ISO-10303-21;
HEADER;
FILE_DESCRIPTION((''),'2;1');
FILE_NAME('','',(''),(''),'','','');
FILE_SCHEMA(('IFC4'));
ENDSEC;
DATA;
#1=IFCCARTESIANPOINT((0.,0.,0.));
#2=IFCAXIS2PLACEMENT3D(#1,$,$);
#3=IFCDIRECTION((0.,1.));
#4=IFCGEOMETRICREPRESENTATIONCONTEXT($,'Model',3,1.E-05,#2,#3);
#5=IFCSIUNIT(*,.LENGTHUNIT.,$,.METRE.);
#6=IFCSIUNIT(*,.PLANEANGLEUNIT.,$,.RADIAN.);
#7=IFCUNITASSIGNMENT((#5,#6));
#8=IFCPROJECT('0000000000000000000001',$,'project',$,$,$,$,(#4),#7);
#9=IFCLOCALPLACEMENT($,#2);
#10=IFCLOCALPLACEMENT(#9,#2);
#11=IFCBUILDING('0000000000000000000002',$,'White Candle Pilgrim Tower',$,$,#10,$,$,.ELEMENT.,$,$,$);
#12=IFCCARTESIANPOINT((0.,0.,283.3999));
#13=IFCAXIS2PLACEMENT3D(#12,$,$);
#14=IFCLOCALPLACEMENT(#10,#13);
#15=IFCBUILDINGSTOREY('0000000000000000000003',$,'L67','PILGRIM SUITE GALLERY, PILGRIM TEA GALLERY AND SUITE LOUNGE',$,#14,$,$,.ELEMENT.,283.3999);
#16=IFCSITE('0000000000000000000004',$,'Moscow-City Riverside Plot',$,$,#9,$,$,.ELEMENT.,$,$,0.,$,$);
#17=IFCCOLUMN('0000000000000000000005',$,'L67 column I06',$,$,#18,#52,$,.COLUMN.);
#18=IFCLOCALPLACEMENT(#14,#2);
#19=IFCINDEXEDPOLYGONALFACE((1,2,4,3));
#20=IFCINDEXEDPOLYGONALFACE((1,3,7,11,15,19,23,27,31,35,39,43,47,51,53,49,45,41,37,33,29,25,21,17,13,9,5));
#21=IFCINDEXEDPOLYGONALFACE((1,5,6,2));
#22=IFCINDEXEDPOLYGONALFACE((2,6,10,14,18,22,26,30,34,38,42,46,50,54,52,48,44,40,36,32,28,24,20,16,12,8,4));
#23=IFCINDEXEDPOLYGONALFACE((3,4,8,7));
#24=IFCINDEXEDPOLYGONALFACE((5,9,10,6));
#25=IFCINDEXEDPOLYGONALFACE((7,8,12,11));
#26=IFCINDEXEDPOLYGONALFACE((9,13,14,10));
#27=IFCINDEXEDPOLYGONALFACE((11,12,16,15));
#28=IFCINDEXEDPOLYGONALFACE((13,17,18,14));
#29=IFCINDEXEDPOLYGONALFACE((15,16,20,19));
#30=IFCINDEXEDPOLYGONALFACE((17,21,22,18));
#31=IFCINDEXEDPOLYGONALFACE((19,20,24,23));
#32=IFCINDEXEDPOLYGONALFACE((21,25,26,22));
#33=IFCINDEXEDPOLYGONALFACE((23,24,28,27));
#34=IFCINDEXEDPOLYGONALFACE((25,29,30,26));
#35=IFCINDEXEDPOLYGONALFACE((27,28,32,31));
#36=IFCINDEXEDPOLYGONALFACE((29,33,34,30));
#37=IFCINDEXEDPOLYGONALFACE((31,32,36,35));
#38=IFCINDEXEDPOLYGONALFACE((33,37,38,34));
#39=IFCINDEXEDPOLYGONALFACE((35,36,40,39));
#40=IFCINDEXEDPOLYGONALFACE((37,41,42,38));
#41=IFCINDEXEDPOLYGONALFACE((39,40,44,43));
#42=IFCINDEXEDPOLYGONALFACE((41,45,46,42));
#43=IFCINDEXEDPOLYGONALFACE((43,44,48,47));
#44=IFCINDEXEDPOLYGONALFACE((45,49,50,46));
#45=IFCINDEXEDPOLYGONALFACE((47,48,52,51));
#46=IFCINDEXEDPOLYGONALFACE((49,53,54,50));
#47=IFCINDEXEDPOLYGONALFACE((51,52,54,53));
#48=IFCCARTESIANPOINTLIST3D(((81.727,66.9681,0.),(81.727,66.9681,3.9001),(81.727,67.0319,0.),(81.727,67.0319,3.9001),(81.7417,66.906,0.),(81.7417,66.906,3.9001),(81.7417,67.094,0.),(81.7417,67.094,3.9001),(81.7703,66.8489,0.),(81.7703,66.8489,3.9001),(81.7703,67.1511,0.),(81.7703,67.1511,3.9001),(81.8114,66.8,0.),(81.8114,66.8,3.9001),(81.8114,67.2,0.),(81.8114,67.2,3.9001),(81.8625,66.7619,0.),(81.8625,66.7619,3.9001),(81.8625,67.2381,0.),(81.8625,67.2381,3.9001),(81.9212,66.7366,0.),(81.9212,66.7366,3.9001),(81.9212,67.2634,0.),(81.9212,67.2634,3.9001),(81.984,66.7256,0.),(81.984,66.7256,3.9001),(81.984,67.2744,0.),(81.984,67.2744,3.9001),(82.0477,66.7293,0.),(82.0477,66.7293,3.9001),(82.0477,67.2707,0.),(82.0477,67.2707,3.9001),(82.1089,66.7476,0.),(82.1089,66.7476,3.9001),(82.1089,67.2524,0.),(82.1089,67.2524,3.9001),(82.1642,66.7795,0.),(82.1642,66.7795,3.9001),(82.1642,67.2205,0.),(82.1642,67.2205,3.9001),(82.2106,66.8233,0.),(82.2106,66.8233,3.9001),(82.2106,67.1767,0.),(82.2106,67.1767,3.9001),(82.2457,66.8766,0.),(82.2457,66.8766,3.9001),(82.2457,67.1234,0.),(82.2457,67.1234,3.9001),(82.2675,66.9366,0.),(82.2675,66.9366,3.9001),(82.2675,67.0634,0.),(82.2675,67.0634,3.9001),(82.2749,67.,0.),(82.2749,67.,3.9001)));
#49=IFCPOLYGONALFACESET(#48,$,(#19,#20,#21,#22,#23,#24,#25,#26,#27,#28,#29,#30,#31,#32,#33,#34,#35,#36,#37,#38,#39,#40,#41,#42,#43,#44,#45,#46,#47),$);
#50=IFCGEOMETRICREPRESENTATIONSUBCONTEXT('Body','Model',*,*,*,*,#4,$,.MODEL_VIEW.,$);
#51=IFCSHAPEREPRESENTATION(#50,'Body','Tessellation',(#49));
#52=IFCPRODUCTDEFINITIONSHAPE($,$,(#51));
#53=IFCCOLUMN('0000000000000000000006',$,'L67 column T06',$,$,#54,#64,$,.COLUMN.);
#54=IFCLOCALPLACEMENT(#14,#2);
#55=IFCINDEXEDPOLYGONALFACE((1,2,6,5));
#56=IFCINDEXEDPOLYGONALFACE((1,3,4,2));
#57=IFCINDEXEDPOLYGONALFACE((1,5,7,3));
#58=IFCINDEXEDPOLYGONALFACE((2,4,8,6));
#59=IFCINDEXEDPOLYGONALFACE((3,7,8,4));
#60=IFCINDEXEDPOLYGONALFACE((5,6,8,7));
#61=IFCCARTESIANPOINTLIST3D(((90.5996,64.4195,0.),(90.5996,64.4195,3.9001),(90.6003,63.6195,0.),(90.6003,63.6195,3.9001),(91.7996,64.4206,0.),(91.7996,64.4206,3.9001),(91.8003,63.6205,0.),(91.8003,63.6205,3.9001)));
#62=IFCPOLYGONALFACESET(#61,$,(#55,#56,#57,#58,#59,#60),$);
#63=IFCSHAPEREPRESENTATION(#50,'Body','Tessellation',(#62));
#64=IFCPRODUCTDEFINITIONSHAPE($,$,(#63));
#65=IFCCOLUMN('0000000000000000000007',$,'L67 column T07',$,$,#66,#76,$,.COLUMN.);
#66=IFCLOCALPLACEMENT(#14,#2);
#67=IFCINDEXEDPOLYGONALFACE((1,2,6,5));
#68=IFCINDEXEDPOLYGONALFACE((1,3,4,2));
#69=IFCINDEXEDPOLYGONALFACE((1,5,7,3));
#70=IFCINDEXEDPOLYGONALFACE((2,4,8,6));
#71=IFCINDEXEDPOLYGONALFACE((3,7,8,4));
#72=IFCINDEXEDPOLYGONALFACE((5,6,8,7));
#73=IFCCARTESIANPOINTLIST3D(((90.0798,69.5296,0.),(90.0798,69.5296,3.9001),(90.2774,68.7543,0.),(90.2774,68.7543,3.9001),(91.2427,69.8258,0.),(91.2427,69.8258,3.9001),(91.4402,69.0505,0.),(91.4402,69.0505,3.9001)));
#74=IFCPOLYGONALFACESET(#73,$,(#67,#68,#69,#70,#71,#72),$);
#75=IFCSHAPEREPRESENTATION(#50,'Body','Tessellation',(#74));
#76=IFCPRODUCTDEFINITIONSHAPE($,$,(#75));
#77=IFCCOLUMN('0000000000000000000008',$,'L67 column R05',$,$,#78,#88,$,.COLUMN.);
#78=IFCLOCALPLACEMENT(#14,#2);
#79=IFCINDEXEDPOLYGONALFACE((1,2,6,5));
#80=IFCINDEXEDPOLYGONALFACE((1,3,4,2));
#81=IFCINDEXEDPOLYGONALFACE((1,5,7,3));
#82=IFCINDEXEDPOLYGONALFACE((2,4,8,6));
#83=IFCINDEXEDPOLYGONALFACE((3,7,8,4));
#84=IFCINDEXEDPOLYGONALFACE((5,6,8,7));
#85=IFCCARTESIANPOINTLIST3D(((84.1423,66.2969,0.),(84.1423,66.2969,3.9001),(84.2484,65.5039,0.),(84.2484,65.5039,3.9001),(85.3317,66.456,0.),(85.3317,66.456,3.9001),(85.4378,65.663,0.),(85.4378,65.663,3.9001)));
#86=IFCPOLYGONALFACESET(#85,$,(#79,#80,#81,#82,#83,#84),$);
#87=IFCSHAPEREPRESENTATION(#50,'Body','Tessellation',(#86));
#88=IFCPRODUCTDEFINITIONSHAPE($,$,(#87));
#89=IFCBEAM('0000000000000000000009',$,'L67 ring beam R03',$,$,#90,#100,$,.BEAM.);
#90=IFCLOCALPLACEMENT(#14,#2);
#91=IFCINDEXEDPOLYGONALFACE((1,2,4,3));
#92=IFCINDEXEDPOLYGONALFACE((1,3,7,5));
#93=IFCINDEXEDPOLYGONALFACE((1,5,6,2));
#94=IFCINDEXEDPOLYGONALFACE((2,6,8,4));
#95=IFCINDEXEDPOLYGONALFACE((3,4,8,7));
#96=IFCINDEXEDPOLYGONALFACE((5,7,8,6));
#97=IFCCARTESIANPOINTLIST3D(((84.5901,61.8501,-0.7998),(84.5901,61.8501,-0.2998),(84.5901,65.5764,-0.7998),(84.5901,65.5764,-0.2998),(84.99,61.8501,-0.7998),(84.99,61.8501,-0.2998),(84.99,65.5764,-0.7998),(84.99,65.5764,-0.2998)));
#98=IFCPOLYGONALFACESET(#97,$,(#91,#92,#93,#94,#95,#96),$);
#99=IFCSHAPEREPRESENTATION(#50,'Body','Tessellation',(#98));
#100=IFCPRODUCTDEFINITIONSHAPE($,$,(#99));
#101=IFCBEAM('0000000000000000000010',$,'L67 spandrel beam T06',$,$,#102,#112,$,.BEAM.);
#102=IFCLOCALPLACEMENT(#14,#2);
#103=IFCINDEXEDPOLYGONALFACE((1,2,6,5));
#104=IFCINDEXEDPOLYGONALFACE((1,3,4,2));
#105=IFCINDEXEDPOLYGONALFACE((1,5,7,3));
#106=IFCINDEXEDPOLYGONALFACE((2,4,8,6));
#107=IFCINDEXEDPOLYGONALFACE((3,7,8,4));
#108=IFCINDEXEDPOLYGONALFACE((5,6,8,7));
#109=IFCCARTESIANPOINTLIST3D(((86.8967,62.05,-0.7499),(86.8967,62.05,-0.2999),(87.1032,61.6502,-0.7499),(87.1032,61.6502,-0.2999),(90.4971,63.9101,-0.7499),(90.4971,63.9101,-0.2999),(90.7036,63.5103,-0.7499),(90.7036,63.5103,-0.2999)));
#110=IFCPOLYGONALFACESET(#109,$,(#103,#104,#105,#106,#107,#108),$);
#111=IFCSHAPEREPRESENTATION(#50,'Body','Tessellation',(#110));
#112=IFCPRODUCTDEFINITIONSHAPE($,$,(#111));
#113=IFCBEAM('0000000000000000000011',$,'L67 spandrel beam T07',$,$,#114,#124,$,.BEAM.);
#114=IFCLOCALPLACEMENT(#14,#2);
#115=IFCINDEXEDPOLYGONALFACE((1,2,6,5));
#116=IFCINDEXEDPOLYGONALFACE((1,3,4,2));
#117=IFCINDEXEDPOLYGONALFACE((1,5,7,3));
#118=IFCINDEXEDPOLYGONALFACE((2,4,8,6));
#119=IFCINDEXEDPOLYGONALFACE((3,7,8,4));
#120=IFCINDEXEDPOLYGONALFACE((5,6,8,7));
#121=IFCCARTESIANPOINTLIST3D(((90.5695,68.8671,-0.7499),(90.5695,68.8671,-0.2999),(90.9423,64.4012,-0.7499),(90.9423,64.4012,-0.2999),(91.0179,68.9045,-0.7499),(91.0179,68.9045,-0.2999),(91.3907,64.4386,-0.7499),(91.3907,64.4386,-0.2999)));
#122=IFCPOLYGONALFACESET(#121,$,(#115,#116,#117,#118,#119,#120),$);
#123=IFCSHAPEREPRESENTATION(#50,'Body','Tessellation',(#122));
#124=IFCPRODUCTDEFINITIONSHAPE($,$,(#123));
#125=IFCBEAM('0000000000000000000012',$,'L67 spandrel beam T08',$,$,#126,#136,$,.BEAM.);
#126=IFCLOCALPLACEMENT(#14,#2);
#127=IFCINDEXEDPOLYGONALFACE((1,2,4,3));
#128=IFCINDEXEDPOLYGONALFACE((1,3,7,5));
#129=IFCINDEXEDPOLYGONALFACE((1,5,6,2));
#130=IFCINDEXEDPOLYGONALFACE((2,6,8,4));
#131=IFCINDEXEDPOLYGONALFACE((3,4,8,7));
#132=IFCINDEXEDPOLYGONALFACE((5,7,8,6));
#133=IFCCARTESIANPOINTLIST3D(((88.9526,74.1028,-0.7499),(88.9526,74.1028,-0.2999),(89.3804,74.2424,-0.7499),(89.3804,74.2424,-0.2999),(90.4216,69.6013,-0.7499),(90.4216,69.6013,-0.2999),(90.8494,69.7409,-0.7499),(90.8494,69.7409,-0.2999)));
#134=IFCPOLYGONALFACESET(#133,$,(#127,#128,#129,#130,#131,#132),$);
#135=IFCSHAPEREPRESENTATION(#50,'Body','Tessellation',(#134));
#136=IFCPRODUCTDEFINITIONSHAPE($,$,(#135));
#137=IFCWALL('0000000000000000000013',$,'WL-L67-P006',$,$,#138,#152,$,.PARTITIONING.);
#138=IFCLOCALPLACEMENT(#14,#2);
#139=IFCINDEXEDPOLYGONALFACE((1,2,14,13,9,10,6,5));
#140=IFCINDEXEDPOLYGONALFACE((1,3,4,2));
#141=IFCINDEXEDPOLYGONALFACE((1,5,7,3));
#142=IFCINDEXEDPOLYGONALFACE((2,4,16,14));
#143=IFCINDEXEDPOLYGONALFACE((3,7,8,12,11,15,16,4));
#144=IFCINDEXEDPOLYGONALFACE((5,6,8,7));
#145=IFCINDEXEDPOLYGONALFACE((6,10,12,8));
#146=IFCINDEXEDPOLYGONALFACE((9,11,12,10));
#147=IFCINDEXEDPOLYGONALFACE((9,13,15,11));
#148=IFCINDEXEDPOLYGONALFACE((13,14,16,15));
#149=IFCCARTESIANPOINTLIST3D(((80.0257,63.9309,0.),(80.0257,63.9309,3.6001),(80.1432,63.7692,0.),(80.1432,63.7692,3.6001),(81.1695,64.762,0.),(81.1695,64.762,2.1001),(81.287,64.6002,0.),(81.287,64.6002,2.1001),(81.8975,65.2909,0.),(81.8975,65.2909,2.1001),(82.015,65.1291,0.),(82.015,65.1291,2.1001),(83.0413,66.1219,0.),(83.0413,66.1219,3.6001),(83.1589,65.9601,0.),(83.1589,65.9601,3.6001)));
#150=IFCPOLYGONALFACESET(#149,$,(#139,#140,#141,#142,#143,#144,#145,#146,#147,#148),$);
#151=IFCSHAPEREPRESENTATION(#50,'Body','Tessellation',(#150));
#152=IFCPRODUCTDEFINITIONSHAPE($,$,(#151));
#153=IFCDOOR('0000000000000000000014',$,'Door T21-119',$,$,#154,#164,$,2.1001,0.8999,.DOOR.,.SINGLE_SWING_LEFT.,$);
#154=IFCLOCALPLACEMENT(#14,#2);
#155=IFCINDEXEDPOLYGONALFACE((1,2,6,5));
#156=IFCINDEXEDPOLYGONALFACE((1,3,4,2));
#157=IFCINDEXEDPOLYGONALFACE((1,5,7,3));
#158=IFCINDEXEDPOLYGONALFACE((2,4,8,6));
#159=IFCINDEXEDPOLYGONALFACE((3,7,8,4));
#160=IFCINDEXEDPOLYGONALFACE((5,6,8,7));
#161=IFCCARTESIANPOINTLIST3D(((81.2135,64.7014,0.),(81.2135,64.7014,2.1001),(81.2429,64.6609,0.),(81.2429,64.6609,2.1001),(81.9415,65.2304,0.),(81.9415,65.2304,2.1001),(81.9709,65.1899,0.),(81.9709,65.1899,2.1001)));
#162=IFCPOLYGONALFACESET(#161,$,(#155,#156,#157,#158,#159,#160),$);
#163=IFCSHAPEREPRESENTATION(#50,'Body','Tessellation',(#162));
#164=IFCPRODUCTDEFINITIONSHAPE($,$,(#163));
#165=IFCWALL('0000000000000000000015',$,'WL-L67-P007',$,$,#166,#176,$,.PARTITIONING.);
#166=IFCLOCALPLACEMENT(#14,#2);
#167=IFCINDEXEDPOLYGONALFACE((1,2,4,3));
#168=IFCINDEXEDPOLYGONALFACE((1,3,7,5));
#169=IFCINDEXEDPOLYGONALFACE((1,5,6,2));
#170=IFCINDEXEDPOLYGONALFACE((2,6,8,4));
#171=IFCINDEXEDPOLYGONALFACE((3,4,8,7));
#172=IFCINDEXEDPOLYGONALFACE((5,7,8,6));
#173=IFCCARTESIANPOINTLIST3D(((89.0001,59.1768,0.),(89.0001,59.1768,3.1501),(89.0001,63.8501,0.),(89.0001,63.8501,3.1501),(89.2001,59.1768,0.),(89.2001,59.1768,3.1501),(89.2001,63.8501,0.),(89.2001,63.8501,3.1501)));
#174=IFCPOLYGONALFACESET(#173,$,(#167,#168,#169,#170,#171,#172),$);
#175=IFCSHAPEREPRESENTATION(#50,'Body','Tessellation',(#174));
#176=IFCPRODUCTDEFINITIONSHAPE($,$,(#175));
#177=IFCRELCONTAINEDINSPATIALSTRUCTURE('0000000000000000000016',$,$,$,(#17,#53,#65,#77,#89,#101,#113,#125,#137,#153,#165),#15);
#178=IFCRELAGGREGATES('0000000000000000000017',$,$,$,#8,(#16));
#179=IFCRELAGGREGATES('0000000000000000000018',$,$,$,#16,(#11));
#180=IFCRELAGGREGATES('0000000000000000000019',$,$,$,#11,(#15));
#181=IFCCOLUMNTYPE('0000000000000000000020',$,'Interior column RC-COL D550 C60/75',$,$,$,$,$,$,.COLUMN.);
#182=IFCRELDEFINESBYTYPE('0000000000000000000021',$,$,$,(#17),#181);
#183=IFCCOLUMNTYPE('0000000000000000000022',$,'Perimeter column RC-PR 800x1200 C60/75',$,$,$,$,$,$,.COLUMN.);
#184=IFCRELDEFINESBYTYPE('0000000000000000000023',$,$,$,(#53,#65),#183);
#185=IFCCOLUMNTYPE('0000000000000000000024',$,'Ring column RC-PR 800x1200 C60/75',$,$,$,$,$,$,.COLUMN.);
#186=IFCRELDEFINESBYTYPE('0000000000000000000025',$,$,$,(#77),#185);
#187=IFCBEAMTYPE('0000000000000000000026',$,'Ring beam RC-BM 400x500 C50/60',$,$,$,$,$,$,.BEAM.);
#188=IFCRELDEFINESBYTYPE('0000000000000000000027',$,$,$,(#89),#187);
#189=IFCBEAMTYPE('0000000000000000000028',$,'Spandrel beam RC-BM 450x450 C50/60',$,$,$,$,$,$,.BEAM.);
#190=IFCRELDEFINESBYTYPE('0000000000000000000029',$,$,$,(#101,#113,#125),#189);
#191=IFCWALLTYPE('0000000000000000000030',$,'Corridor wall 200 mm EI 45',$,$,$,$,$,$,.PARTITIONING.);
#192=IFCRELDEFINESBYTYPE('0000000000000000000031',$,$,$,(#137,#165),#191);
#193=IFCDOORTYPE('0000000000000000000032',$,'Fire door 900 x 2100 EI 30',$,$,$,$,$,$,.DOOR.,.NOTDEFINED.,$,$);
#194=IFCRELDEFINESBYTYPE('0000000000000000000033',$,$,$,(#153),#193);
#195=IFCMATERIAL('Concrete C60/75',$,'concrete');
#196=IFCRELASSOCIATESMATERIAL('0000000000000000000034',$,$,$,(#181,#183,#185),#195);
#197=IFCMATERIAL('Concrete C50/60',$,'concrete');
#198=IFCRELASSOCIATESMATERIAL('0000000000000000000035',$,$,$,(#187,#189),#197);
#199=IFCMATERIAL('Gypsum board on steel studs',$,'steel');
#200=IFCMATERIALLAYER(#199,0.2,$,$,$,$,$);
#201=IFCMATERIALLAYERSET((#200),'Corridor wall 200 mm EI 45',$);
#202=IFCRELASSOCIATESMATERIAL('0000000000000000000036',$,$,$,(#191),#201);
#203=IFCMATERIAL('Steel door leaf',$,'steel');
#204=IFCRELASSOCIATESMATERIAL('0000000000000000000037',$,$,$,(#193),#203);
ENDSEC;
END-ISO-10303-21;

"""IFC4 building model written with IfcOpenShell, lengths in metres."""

from ifc_helpers import new_model, si_unit, direction, frame, frame_2d, origin, origin_2d, place, context, subcontext, project, spatial, rectangle, circle, extrude, material, layer, layer_set, material_profile, profile_set, type_object, element, fill, save


model = new_model("IFC4")

# Units and contexts
model_context = context("Model", 3, precision=1e-05, world=origin(), true_north=direction((0.0, 1.0)))
body_context = subcontext(model_context, "Body", "Model", "MODEL_VIEW")
ifc_project = project(units=[si_unit("LENGTHUNIT", "METRE"), si_unit("PLANEANGLEUNIT", "RADIAN")], contexts=[model_context])

# Site, building, storey
site_placement = place(None, origin())
site = spatial("IfcSite", under=ifc_project, at=site_placement, Name="Moscow-City Riverside Plot", CompositionType="ELEMENT", RefElevation=0.0)
building_placement = place(site_placement, origin())
building = spatial("IfcBuilding", under=site, at=building_placement, Name="White Candle Pilgrim Tower", CompositionType="ELEMENT")
storey_placement = place(building_placement, frame((0.0, 0.0, 283.3999)))
storey = spatial("IfcBuildingStorey", under=building, at=storey_placement, Name="L67", Description="PILGRIM SUITE GALLERY, PILGRIM TEA GALLERY AND SUITE LOUNGE", CompositionType="ELEMENT", Elevation=283.3999)

# Columns
ifc_material_1 = material(Name="Concrete C60/75", Category="concrete")
ifc_material_profile_1 = material_profile(ifc_material_1, circle(Radius=0.2749, at=origin_2d()), Name="RC-COL D550")
ifc_profile_set_1 = profile_set([ifc_material_profile_1], Name="Concrete C60/75")
column_type_1 = type_object("IfcColumnType", Name="Interior column RC-COL D550 C60/75", PredefinedType="COLUMN", material=ifc_profile_set_1)
column_1_placement = place(storey_placement, frame((82.0, 67.0, 0.0), z_axis=(0.0, 0.0, 1.0), x_axis=(1.0, 0.0, 0.0)))
element("IfcColumn", 1, at=column_1_placement, inside=storey, type_object=column_type_1, Name="L67 column I06", PredefinedType="COLUMN", context=body_context, shape_type="SweptSolid", body=[
    extrude(circle(Radius=0.2749, at=origin_2d()), origin(), (0.0, 0.0, 1.0), 3.9001),
])
ifc_material_profile_2 = material_profile(ifc_material_1, rectangle(XDim=0.8, YDim=1.2, at=origin_2d()), Name="RC-PR 800x1200")
ifc_profile_set_2 = profile_set([ifc_material_profile_2], Name="Concrete C60/75")
column_type_2 = type_object("IfcColumnType", Name="Perimeter column RC-PR 800x1200 C60/75", PredefinedType="COLUMN", material=ifc_profile_set_2)
for number, where, z_axis, x_axis, name in (
    (2, (91.2, 64.02, 0.0), (0.0, 0.0, 1.0), (0.000855, -1.0, 0.0), "L67 column T06"),
    (3, (90.76, 69.29, 0.0), (0.0, 0.0, 1.0), (0.246881, -0.969046, 0.0), "L67 column T07"),
):
    element("IfcColumn", number, at=place(storey_placement, frame(where, z_axis=z_axis, x_axis=x_axis)), inside=storey, type_object=column_type_2, Name=name, PredefinedType="COLUMN", context=body_context, shape_type="SweptSolid", body=[
        extrude(rectangle(XDim=0.8, YDim=1.2, at=origin_2d()), origin(), (0.0, 0.0, 1.0), 3.9001),
    ])
ifc_material_profile_3 = material_profile(ifc_material_1, rectangle(XDim=0.8, YDim=1.2, at=origin_2d()), Name="RC-PR 800x1200")
ifc_profile_set_3 = profile_set([ifc_material_profile_3], Name="Concrete C60/75")
column_type_3 = type_object("IfcColumnType", Name="Ring column RC-PR 800x1200 C60/75", PredefinedType="COLUMN", material=ifc_profile_set_3)
column_2_placement = place(storey_placement, frame((84.79, 65.98, 0.0), z_axis=(0.0, 0.0, 1.0), x_axis=(0.132602, -0.991169, 0.0)))
element("IfcColumn", 4, at=column_2_placement, inside=storey, type_object=column_type_3, Name="L67 column R05", PredefinedType="COLUMN", context=body_context, shape_type="SweptSolid", body=[
    extrude(rectangle(XDim=0.8, YDim=1.2, at=origin_2d()), origin(), (0.0, 0.0, 1.0), 3.9001),
])

# Beams
ifc_material_2 = material(Name="Concrete C50/60", Category="concrete")
ifc_material_profile_4 = material_profile(ifc_material_2, rectangle(XDim=0.3999, YDim=0.5, at=origin_2d()), Name="RC-BM 400x500")
ifc_profile_set_4 = profile_set([ifc_material_profile_4], Name="Concrete C50/60")
beam_type_1 = type_object("IfcBeamType", Name="Ring beam RC-BM 400x500 C50/60", PredefinedType="BEAM", material=ifc_profile_set_4)
beam_1_placement = place(storey_placement, frame((84.79, 65.5764, -0.5498), z_axis=(0.0, -1.0, 0.0), x_axis=(1.0, 0.0, 0.0)))
element("IfcBeam", 5, at=beam_1_placement, inside=storey, type_object=beam_type_1, Name="L67 ring beam R03", PredefinedType="BEAM", context=body_context, shape_type="SweptSolid", body=[
    extrude(rectangle(XDim=0.3999, YDim=0.5, at=origin_2d()), origin(), (0.0, 0.0, 1.0), 3.7263),
])
ifc_material_profile_5 = material_profile(ifc_material_2, rectangle(XDim=0.45, YDim=0.45, at=origin_2d()), Name="RC-BM 450x450")
ifc_profile_set_5 = profile_set([ifc_material_profile_5], Name="Concrete C50/60")
beam_type_2 = type_object("IfcBeamType", Name="Spandrel beam RC-BM 450x450 C50/60", PredefinedType="BEAM", material=ifc_profile_set_5)
beam_2_placement = place(storey_placement, frame((90.6003, 63.7102, -0.5249), z_axis=(-0.888433, -0.459007, 0.0), x_axis=(0.459007, -0.888433, 0.0)))
element("IfcBeam", 6, at=beam_2_placement, inside=storey, type_object=beam_type_2, Name="L67 spandrel beam T06", PredefinedType="BEAM", context=body_context, shape_type="SweptSolid", body=[
    extrude(rectangle(XDim=0.45, YDim=0.45, at=origin_2d()), origin(), (0.0, 0.0, 1.0), 4.0525),
])
beam_3_placement = place(storey_placement, frame((91.1665, 64.4199, -0.5249), z_axis=(-0.08319, 0.996534, 0.0), x_axis=(-0.996534, -0.08319, 0.0)))
element("IfcBeam", 7, at=beam_3_placement, inside=storey, type_object=beam_type_2, Name="L67 spandrel beam T07", PredefinedType="BEAM", context=body_context, shape_type="SweptSolid", body=[
    extrude(rectangle(XDim=0.45, YDim=0.45, at=origin_2d()), origin(), (0.0, 0.0, 1.0), 4.4814),
])
beam_4_placement = place(storey_placement, frame((90.6355, 69.6711, -0.5249), z_axis=(-0.310235, 0.95066, 0.0), x_axis=(-0.95066, -0.310235, 0.0)))
element("IfcBeam", 8, at=beam_4_placement, inside=storey, type_object=beam_type_2, Name="L67 spandrel beam T08", PredefinedType="BEAM", context=body_context, shape_type="SweptSolid", body=[
    extrude(rectangle(XDim=0.45, YDim=0.45, at=origin_2d()), origin(), (0.0, 0.0, 1.0), 4.7351),
])

# Wall, opening, door
ifc_material_3 = material(Name="Gypsum board on steel studs", Category="steel")
ifc_layer_1 = layer(ifc_material_3, 0.2)
ifc_layer_set_1 = layer_set([ifc_layer_1], Name="Corridor wall 200 mm EI 45")
wall_type_1 = type_object("IfcWallType", Name="Corridor wall 200 mm EI 45", PredefinedType="PARTITIONING", material=ifc_layer_set_1)
wall_1_placement = place(storey_placement, frame((83.1001, 66.041, 0.0), z_axis=(0.0, 0.0, 1.0), x_axis=(-0.809025, -0.587774, 0.0)))
wall_1 = element("IfcWall", 9, at=wall_1_placement, inside=storey, type_object=wall_type_1, Name="WL-L67-P006", PredefinedType="PARTITIONING", context=body_context, shape_type="SweptSolid", body=[
    extrude(rectangle(XDim=3.7275, YDim=0.2, at=frame_2d((1.8638, 0.0))), origin(), (0.0, 0.0, 1.0), 3.6001),
])
opening_1_placement = place(wall_1_placement, frame((1.4138, 0.0, 0.0)))
opening_1 = element("IfcOpeningElement", 10, at=opening_1_placement, cuts=wall_1, PredefinedType="OPENING", context=body_context, shape_type="SweptSolid", body=[
    extrude(rectangle(XDim=0.8999, YDim=2.1001, at=frame_2d((0.45, 1.05))), frame((0.0, 0.1099, 0.0), z_axis=(0.0, -1.0, 0.0), x_axis=(1.0, 0.0, 0.0)), (0.0, 0.0, 1.0), 0.22),
])
ifc_material_4 = material(Name="Steel door leaf", Category="steel")
door_type = type_object("IfcDoorType", Name="Fire door 900 x 2100 EI 30", OperationType="NOTDEFINED", PredefinedType="DOOR", material=ifc_material_4)
door_1_placement = place(opening_1_placement, origin())
door_1 = element("IfcDoor", 11, at=door_1_placement, inside=storey, type_object=door_type, Name="Door T21-119", OperationType="SINGLE_SWING_LEFT", OverallHeight=2.1001, OverallWidth=0.8999, PredefinedType="DOOR", context=body_context, shape_type="SweptSolid", body=[
    extrude(rectangle(XDim=0.8999, YDim=2.1001, at=frame_2d((0.45, 1.05))), frame((0.0, 0.0249, 0.0), z_axis=(0.0, -1.0, 0.0), x_axis=(1.0, 0.0, 0.0)), (0.0, 0.0, 1.0), 0.05),
])
fill(opening_1, door_1)

# Wall
wall_2_placement = place(storey_placement, frame((89.1001, 63.8501, 0.0), z_axis=(0.0, 0.0, 1.0), x_axis=(0.0, -1.0, 0.0)))
element("IfcWall", 12, at=wall_2_placement, inside=storey, type_object=wall_type_1, Name="WL-L67-P007", PredefinedType="PARTITIONING", context=body_context, shape_type="SweptSolid", body=[
    extrude(rectangle(XDim=4.6733, YDim=0.2, at=frame_2d((2.3367, 0.0))), origin(), (0.0, 0.0, 1.0), 3.1501),
])

save(model, "model.ifc")
